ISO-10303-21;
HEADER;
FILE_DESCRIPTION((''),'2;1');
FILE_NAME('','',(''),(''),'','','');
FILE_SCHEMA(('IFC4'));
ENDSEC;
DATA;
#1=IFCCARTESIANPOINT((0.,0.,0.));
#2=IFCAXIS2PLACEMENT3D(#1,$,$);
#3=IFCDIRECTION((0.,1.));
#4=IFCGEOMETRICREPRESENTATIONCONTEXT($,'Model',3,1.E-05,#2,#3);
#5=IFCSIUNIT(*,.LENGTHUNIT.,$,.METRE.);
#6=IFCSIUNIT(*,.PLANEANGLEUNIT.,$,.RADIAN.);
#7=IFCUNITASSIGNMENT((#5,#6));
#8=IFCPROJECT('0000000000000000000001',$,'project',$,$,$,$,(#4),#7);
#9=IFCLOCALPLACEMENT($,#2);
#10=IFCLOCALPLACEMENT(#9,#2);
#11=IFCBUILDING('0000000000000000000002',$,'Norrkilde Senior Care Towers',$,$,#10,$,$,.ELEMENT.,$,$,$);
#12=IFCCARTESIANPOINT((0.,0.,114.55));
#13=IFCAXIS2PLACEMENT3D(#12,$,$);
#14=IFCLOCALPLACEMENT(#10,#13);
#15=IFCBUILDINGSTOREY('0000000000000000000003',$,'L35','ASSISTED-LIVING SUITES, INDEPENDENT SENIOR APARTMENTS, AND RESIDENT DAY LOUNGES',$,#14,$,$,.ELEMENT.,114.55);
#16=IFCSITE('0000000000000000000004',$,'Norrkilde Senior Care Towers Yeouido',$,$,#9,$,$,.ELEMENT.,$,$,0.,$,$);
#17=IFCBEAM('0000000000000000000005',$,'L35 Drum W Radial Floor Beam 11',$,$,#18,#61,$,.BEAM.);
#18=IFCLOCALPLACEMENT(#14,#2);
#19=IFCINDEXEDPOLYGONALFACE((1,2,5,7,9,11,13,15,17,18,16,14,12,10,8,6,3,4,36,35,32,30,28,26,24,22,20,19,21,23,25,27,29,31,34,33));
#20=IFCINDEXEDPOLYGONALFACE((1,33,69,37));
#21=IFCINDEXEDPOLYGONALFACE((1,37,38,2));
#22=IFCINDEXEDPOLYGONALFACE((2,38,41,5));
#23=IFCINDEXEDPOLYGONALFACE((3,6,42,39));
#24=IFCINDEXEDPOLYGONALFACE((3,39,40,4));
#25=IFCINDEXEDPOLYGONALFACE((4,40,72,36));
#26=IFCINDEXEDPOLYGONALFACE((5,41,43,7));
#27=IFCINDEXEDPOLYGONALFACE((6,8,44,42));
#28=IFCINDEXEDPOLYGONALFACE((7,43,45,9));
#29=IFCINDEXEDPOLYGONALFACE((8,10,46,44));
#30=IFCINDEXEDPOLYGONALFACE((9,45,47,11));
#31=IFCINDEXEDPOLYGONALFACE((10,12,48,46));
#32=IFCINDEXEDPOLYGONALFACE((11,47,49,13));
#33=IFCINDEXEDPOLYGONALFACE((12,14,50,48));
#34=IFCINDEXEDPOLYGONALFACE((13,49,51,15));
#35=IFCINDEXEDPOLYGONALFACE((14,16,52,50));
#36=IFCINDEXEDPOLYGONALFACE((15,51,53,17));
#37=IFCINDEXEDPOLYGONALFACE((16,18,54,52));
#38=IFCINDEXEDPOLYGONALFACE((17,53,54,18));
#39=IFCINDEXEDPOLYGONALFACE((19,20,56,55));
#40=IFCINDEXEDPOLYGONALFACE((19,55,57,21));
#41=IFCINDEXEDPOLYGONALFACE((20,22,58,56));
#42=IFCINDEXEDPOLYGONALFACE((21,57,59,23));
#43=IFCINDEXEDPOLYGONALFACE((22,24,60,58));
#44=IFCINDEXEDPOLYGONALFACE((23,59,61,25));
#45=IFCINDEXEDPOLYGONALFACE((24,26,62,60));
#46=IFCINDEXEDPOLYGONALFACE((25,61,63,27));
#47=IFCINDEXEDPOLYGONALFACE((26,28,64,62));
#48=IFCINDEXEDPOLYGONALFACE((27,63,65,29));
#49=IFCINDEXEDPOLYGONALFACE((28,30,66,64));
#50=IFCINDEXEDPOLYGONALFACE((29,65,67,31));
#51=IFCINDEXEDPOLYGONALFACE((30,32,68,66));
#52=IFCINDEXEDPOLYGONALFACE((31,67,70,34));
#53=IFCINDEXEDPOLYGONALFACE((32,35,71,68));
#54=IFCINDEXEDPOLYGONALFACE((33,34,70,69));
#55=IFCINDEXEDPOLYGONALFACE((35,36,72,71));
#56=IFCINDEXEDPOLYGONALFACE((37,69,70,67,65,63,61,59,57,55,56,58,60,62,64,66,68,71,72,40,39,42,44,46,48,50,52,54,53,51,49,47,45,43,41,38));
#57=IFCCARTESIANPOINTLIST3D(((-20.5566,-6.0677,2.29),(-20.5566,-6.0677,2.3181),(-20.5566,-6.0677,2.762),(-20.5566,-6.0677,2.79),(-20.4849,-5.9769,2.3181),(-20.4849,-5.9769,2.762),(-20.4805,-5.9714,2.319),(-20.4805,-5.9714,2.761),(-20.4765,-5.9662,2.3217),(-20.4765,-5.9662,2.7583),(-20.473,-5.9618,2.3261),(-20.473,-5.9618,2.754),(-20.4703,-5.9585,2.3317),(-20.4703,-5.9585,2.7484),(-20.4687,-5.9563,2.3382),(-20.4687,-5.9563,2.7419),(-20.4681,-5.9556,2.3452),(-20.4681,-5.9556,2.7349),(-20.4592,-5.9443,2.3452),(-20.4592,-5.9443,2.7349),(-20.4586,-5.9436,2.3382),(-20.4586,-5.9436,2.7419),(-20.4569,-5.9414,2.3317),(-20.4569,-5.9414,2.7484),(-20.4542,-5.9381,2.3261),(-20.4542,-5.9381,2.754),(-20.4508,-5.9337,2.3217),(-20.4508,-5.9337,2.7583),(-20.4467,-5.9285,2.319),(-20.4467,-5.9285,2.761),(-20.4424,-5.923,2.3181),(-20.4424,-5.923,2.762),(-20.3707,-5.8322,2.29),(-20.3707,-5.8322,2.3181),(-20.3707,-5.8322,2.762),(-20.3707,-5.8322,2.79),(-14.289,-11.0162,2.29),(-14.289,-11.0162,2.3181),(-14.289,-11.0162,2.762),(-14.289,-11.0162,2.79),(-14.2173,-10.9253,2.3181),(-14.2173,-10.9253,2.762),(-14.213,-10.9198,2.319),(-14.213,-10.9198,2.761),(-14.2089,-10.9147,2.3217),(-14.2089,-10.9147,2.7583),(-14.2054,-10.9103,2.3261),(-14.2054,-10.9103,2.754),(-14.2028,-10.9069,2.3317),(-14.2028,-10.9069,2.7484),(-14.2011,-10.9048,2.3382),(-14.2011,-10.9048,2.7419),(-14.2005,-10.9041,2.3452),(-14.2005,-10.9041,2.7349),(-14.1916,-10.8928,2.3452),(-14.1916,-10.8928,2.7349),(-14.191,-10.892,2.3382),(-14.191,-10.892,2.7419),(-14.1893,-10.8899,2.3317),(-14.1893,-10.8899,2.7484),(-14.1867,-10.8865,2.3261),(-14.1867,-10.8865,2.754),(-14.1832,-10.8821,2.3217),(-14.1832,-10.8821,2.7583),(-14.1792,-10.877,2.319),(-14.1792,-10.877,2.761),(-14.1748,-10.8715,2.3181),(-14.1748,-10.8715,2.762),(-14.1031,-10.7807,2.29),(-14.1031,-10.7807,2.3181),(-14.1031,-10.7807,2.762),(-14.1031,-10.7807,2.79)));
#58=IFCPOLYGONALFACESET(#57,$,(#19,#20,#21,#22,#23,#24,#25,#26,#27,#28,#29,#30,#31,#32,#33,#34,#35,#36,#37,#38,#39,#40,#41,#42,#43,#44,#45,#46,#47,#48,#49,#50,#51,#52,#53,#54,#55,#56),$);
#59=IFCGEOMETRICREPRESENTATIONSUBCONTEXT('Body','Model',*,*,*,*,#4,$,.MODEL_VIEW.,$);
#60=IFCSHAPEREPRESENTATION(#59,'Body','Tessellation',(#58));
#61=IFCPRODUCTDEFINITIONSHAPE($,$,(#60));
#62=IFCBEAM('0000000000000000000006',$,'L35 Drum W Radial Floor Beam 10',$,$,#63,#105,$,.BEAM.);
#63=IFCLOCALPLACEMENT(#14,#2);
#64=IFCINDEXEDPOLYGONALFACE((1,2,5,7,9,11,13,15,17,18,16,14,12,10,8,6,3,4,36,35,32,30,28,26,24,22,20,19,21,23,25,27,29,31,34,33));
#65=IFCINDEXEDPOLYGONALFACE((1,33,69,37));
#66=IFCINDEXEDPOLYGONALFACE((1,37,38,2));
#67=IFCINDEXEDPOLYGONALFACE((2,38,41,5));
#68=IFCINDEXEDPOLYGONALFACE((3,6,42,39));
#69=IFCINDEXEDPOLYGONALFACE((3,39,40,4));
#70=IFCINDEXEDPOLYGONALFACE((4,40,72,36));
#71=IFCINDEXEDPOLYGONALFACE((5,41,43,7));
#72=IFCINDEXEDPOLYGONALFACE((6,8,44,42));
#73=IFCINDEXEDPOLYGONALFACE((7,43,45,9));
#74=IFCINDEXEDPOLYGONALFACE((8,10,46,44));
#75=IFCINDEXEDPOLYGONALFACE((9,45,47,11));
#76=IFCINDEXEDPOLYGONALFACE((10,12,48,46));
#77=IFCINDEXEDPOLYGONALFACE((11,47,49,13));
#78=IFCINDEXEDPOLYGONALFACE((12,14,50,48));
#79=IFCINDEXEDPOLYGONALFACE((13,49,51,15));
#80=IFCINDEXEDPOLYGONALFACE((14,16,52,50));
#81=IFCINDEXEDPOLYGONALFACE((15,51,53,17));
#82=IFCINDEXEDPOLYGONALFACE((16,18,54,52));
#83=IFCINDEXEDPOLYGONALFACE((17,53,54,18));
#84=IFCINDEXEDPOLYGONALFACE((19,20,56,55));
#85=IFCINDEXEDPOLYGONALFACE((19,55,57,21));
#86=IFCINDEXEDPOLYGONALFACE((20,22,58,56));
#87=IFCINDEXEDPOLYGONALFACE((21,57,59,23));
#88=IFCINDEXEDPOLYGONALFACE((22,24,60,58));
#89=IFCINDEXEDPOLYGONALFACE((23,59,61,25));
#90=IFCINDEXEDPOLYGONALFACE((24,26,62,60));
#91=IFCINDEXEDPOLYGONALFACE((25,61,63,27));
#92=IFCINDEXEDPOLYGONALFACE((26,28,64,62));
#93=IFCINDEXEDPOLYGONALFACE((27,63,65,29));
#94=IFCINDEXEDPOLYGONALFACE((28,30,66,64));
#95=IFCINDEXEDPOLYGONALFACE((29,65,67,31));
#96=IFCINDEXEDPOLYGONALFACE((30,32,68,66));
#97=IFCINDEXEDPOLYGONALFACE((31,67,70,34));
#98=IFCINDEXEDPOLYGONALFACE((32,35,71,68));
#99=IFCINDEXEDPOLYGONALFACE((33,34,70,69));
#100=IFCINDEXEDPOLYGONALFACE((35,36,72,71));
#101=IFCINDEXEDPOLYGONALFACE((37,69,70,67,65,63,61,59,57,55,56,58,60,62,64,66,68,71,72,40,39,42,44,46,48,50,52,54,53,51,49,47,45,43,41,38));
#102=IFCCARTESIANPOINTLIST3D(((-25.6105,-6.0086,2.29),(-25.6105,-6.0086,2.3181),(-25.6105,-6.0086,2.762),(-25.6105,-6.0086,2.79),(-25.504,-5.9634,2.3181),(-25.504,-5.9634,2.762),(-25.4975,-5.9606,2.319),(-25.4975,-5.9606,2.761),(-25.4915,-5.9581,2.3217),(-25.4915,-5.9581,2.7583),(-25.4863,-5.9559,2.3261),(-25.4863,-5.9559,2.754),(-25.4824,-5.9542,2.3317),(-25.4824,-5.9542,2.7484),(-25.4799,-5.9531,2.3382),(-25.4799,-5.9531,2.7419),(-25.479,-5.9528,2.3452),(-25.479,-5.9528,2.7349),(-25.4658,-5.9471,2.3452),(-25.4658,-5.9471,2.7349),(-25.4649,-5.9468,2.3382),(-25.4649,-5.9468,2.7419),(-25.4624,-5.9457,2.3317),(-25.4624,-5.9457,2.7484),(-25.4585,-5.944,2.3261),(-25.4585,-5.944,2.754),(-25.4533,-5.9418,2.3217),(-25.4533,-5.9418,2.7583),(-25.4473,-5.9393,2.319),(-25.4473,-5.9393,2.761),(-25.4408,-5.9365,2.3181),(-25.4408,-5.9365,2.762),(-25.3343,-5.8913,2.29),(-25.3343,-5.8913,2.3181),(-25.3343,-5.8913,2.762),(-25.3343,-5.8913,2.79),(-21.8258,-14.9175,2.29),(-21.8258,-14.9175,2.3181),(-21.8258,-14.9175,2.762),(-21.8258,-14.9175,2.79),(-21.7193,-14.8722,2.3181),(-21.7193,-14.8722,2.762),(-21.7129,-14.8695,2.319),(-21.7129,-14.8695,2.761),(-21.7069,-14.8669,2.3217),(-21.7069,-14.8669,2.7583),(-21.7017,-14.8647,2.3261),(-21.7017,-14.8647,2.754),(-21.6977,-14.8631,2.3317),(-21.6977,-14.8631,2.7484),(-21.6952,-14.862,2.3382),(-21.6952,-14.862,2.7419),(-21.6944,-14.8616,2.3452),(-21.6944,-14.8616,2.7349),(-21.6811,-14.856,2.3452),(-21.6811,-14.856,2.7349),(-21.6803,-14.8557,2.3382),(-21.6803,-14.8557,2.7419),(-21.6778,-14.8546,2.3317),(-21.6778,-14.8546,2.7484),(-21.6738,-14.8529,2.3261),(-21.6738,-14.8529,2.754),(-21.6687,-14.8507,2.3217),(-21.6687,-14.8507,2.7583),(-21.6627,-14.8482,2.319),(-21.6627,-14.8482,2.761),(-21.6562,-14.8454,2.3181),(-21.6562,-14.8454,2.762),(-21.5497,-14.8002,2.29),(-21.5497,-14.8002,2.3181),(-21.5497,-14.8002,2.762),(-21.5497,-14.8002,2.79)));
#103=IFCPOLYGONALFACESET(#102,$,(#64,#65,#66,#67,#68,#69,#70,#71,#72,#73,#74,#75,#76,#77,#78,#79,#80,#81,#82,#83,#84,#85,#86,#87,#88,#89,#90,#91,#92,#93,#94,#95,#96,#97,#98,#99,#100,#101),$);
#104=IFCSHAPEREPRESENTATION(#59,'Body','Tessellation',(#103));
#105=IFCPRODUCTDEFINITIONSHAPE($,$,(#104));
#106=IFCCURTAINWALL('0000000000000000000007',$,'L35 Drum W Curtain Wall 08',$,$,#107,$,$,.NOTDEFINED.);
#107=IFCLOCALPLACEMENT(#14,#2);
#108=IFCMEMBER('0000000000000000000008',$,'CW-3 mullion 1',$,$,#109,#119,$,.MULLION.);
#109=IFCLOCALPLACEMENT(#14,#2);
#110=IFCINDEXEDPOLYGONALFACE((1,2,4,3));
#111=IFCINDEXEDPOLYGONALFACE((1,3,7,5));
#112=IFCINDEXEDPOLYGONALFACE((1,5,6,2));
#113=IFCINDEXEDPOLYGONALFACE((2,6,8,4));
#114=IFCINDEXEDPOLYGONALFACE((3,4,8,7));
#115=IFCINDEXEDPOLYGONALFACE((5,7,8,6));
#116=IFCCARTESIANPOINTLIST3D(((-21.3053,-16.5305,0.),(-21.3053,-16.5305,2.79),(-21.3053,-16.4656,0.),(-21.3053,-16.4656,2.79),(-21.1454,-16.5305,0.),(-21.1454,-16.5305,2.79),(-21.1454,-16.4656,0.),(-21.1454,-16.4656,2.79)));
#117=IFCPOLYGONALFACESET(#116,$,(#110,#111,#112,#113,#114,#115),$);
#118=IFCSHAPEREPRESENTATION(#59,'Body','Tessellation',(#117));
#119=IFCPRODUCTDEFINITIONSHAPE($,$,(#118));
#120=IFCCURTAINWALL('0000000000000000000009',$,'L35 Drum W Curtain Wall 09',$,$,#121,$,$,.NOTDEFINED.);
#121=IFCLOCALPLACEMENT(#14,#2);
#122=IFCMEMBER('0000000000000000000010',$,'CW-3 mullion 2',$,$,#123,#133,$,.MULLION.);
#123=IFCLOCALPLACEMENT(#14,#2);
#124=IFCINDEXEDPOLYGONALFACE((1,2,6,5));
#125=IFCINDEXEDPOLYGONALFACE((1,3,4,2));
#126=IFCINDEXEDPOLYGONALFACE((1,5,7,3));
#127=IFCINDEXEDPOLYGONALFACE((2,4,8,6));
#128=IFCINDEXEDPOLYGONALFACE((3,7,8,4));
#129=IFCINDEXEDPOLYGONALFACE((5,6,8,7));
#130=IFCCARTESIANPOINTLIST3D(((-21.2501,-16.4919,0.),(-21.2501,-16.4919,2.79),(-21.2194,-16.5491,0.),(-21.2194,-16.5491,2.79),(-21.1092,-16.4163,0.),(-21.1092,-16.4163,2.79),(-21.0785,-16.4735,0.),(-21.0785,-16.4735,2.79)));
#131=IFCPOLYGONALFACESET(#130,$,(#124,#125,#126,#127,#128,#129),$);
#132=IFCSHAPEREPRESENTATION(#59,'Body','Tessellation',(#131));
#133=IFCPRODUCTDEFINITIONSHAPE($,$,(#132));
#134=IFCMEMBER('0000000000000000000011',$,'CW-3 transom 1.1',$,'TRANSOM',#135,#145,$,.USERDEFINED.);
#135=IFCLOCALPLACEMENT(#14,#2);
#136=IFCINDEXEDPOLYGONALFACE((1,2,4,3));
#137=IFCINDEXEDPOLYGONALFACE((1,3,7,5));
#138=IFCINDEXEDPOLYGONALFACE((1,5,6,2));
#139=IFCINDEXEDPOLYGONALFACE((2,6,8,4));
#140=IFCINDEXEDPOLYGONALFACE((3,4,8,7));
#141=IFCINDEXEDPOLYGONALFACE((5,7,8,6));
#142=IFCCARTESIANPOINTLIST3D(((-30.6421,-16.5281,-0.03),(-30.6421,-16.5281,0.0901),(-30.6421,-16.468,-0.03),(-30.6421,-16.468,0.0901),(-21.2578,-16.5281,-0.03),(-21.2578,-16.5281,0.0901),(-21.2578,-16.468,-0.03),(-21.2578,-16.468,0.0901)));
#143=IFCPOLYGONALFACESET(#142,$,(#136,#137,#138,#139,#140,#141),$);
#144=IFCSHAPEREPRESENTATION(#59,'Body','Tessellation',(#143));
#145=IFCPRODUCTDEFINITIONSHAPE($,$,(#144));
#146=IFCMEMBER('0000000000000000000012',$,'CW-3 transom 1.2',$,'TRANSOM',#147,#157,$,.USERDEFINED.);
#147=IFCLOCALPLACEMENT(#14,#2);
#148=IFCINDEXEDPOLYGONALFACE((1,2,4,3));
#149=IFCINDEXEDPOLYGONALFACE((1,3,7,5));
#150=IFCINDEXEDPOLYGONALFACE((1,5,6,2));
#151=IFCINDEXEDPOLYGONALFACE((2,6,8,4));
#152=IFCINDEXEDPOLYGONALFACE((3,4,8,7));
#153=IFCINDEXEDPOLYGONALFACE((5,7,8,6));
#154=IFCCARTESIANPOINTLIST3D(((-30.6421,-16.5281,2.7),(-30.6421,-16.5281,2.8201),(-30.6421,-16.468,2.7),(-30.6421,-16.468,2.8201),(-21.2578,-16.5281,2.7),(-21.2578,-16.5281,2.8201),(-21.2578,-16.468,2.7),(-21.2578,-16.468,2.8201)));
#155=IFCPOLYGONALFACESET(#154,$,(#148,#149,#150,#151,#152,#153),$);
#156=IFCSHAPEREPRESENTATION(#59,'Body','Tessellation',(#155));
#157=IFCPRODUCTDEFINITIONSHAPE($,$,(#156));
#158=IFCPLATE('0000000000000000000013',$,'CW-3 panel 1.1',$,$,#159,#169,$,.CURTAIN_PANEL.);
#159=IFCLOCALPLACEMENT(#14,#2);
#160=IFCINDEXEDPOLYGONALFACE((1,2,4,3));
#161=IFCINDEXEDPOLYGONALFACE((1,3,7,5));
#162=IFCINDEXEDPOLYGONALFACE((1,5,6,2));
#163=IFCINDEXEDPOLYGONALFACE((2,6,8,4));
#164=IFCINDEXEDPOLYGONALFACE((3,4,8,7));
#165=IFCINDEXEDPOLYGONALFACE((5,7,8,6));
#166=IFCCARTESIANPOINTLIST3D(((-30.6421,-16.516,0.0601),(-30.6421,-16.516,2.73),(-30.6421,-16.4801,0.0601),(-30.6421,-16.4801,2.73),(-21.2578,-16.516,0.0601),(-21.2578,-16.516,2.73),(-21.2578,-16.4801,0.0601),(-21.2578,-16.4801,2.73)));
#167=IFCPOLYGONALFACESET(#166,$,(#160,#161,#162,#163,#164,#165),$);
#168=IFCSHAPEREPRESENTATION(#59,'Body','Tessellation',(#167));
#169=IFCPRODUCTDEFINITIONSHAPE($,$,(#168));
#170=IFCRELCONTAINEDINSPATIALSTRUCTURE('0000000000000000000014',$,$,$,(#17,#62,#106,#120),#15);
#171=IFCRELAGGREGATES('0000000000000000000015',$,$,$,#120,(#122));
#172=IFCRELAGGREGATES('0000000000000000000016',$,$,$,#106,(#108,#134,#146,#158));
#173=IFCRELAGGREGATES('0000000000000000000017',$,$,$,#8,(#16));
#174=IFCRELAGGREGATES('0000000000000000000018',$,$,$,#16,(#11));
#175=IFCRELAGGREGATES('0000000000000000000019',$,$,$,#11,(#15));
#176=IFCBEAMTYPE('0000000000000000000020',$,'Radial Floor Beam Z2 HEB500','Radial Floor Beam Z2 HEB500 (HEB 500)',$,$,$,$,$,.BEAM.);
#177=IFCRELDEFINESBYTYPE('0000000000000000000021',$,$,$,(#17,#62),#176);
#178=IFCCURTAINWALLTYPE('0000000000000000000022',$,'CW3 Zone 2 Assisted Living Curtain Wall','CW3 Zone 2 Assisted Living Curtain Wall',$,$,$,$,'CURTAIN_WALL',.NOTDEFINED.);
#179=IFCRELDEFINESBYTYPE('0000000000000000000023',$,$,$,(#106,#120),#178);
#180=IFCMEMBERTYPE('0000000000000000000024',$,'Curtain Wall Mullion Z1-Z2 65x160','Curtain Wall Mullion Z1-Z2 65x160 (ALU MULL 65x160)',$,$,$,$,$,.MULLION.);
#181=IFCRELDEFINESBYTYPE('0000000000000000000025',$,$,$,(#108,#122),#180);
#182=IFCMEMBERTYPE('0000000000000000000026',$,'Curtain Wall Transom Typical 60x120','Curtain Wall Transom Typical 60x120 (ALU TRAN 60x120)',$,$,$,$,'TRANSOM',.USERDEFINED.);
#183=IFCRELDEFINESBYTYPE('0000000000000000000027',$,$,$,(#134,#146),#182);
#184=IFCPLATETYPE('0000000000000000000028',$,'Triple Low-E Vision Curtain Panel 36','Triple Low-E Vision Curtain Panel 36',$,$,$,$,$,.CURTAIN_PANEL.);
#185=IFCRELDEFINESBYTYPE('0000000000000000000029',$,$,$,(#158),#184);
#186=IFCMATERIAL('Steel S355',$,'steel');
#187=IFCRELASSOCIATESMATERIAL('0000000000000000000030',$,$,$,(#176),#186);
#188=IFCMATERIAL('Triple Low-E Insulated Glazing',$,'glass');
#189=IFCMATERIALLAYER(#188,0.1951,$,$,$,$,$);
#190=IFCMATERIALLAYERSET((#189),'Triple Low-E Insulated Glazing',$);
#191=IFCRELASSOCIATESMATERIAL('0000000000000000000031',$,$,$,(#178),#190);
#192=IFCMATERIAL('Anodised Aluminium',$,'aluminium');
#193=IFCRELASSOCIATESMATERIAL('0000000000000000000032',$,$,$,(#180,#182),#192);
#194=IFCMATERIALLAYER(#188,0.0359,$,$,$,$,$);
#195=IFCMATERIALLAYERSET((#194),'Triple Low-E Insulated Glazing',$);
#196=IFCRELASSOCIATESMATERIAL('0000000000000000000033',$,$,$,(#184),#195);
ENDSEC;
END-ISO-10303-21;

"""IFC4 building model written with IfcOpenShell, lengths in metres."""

from ifc_helpers import new_model, si_unit, direction, frame, origin, origin_2d, place, context, subcontext, project, spatial, rectangle, i_section, extrude, source, transform, mapped, material, layer, layer_set, material_profile, profile_set, type_object, type_shapes, element, aggregate, save


model = new_model("IFC4")

# Units and contexts
model_context = context("Model", 3, precision=1e-05, world=origin(), true_north=direction((0.0, 1.0)))
body_context = subcontext(model_context, "Body", "Model", "MODEL_VIEW")
ifc_project = project(units=[si_unit("LENGTHUNIT", "METRE"), si_unit("PLANEANGLEUNIT", "RADIAN")], contexts=[model_context])

# Site, building, storey
site_placement = place(None, origin())
site = spatial("IfcSite", under=ifc_project, at=site_placement, Name="Norrkilde Senior Care Towers Yeouido", CompositionType="ELEMENT", RefElevation=0.0)
building_placement = place(site_placement, origin())
building = spatial("IfcBuilding", under=site, at=building_placement, Name="Norrkilde Senior Care Towers", CompositionType="ELEMENT")
storey_placement = place(building_placement, frame((0.0, 0.0, 114.55)))
storey = spatial("IfcBuildingStorey", under=building, at=storey_placement, Name="L35", Description="ASSISTED-LIVING SUITES, INDEPENDENT SENIOR APARTMENTS, AND RESIDENT DAY LOUNGES", CompositionType="ELEMENT", Elevation=114.55)

# Beams
ifc_material_1 = material(Name="Steel S355", Category="steel")
ifc_material_profile_1 = material_profile(ifc_material_1, i_section(OverallWidth=0.3, OverallDepth=0.5, WebThickness=0.0144, FlangeThickness=0.0281, FilletRadius=0.0271, at=origin_2d()), Name="HEB 500")
ifc_profile_set_1 = profile_set([ifc_material_profile_1], Name="Steel S355")
beam_type_1 = type_object("IfcBeamType", Name="Radial Floor Beam Z2 HEB500", Description="Radial Floor Beam Z2 HEB500 (HEB 500)", PredefinedType="BEAM", material=ifc_profile_set_1)
shared_shape_1 = source(origin(), body_context, "Body", "SweptSolid", [
    extrude(i_section(OverallWidth=0.3, OverallDepth=0.5, WebThickness=0.0144, FlangeThickness=0.0281, FilletRadius=0.0271, at=origin_2d()), origin(), (0.0, 0.0, 1.0), 7.9856),
])
beam_1_placement = place(storey_placement, frame((-20.4636, -5.95, 2.54), z_axis=(0.784859, -0.619675, 0.0), x_axis=(0.619675, 0.784859, 0.0)))
element("IfcBeam", 1, at=beam_1_placement, inside=storey, type_object=beam_type_1, Name="L35 Drum W Radial Floor Beam 11", PredefinedType="BEAM", context=body_context, shape_type="MappedRepresentation", body=[
    mapped(shared_shape_1, transform((0.0, 0.0, 0.0), x_axis=(1.0, 0.0, 0.0), y_axis=(0.0, 1.0, 0.0), z_axis=(0.0, 0.0, 1.0), scale=1.0)),
])
shared_shape_2 = source(origin(), body_context, "Body", "SweptSolid", [
    extrude(i_section(OverallWidth=0.3, OverallDepth=0.5, WebThickness=0.0144, FlangeThickness=0.0281, FilletRadius=0.0271, at=origin_2d()), origin(), (0.0, 0.0, 1.0), 9.6794),
])
beam_2_placement = place(storey_placement, frame((-25.4724, -5.95, 2.54), z_axis=(0.390998, -0.920392, 0.0), x_axis=(0.920392, 0.390998, 0.0)))
element("IfcBeam", 2, at=beam_2_placement, inside=storey, type_object=beam_type_1, Name="L35 Drum W Radial Floor Beam 10", PredefinedType="BEAM", context=body_context, shape_type="MappedRepresentation", body=[
    mapped(shared_shape_2, transform((0.0, 0.0, 0.0), x_axis=(1.0, 0.0, 0.0), y_axis=(0.0, 1.0, 0.0), z_axis=(0.0, 0.0, 1.0), scale=1.0)),
])

# Curtain walls, members
ifc_material_2 = material(Name="Triple Low-E Insulated Glazing", Category="glass")
ifc_layer_1 = layer(ifc_material_2, 0.1951)
ifc_layer_set_1 = layer_set([ifc_layer_1], Name="Triple Low-E Insulated Glazing")
curtain_wall_type = type_object("IfcCurtainWallType", Name="CW3 Zone 2 Assisted Living Curtain Wall", Description="CW3 Zone 2 Assisted Living Curtain Wall", ElementType="CURTAIN_WALL", PredefinedType="NOTDEFINED", material=ifc_layer_set_1)
curtain_wall_1_placement = place(storey_placement, origin())
curtain_wall_1 = element("IfcCurtainWall", 3, at=curtain_wall_1_placement, inside=storey, type_object=curtain_wall_type, Name="L35 Drum W Curtain Wall 08", PredefinedType="NOTDEFINED")
ifc_material_3 = material(Name="Anodised Aluminium", Category="aluminium")
ifc_material_profile_2 = material_profile(ifc_material_3, rectangle(XDim=0.0649, YDim=0.1599, at=origin_2d()), Name="ALU MULL 65x160")
ifc_profile_set_2 = profile_set([ifc_material_profile_2], Name="Anodised Aluminium")
member_type_1 = type_object("IfcMemberType", Name="Curtain Wall Mullion Z1-Z2 65x160", Description="Curtain Wall Mullion Z1-Z2 65x160 (ALU MULL 65x160)", PredefinedType="MULLION", material=ifc_profile_set_2)
shared_shape_3 = source(origin(), body_context, "Body", "SweptSolid", [
    extrude(rectangle(XDim=0.0649, YDim=0.1599, at=origin_2d()), origin(), (0.0, 0.0, 1.0), 2.79),
])
type_shapes(member_type_1, [shared_shape_3])
member_1_placement = place(storey_placement, frame((-21.2253, -16.498, 0.0), z_axis=(0.0, 0.0, 1.0), x_axis=(0.0, -1.0, 0.0)))
member_1 = element("IfcMember", 4, at=member_1_placement, type_object=member_type_1, Name="CW-3 mullion 1", PredefinedType="MULLION", context=body_context, shape_type="MappedRepresentation", body=[
    mapped(shared_shape_3, transform((0.0, 0.0, 0.0), x_axis=(1.0, 0.0, 0.0), y_axis=(0.0, 1.0, 0.0), z_axis=(0.0, 0.0, 1.0), scale=1.0)),
])
curtain_wall_2_placement = place(storey_placement, origin())
curtain_wall_2 = element("IfcCurtainWall", 5, at=curtain_wall_2_placement, inside=storey, type_object=curtain_wall_type, Name="L35 Drum W Curtain Wall 09", PredefinedType="NOTDEFINED")
member_2_placement = place(storey_placement, frame((-21.1643, -16.4827, 0.0), z_axis=(0.0, 0.0, 1.0), x_axis=(0.472769, -0.881186, 0.0)))
member_2 = element("IfcMember", 6, at=member_2_placement, type_object=member_type_1, Name="CW-3 mullion 2", PredefinedType="MULLION", context=body_context, shape_type="MappedRepresentation", body=[
    mapped(shared_shape_3, transform((0.0, 0.0, 0.0), x_axis=(1.0, 0.0, 0.0), y_axis=(0.0, 1.0, 0.0), z_axis=(0.0, 0.0, 1.0), scale=1.0)),
])
aggregate(curtain_wall_2, [member_2])

# Members
ifc_material_profile_3 = material_profile(ifc_material_3, rectangle(XDim=0.0601, YDim=0.1201, at=origin_2d()), Name="ALU TRAN 60x120")
ifc_profile_set_3 = profile_set([ifc_material_profile_3], Name="Anodised Aluminium")
member_type_2 = type_object("IfcMemberType", Name="Curtain Wall Transom Typical 60x120", Description="Curtain Wall Transom Typical 60x120 (ALU TRAN 60x120)", ElementType="TRANSOM", PredefinedType="USERDEFINED", material=ifc_profile_set_3)
shared_shape_4 = source(origin(), body_context, "Body", "SweptSolid", [
    extrude(rectangle(XDim=0.0601, YDim=0.1201, at=origin_2d()), origin(), (0.0, 0.0, 1.0), 9.3843),
])
type_shapes(member_type_2, [shared_shape_4])
member_3_placement = place(storey_placement, frame((-21.2578, -16.498, 0.03), z_axis=(-1.0, 0.0, 0.0), x_axis=(0.0, -1.0, 0.0)))
member_3 = element("IfcMember", 7, at=member_3_placement, type_object=member_type_2, Name="CW-3 transom 1.1", ObjectType="TRANSOM", PredefinedType="USERDEFINED", context=body_context, shape_type="MappedRepresentation", body=[
    mapped(shared_shape_4, transform((0.0, 0.0, 0.0), x_axis=(1.0, 0.0, 0.0), y_axis=(0.0, 1.0, 0.0), z_axis=(0.0, 0.0, 1.0), scale=1.0)),
])
member_4_placement = place(storey_placement, frame((-21.2578, -16.498, 2.76), z_axis=(-1.0, 0.0, 0.0), x_axis=(0.0, -1.0, 0.0)))
member_4 = element("IfcMember", 8, at=member_4_placement, type_object=member_type_2, Name="CW-3 transom 1.2", ObjectType="TRANSOM", PredefinedType="USERDEFINED", context=body_context, shape_type="MappedRepresentation", body=[
    mapped(shared_shape_4, transform((0.0, 0.0, 0.0), x_axis=(1.0, 0.0, 0.0), y_axis=(0.0, 1.0, 0.0), z_axis=(0.0, 0.0, 1.0), scale=1.0)),
])

# Plate
ifc_layer_2 = layer(ifc_material_2, 0.0359)
ifc_layer_set_2 = layer_set([ifc_layer_2], Name="Triple Low-E Insulated Glazing")
plate_type = type_object("IfcPlateType", Name="Triple Low-E Vision Curtain Panel 36", Description="Triple Low-E Vision Curtain Panel 36", PredefinedType="CURTAIN_PANEL", material=ifc_layer_set_2)
shared_shape_5 = source(origin(), body_context, "Body", "SweptSolid", [
    extrude(rectangle(XDim=9.3843, YDim=0.0359, at=origin_2d()), origin(), (0.0, 0.0, 1.0), 2.6699),
])
type_shapes(plate_type, [shared_shape_5])
plate_placement = place(storey_placement, frame((-25.95, -16.498, 0.0601), z_axis=(0.0, 0.0, 1.0), x_axis=(-1.0, 0.0, 0.0)))
plate = element("IfcPlate", 9, at=plate_placement, type_object=plate_type, Name="CW-3 panel 1.1", PredefinedType="CURTAIN_PANEL", context=body_context, shape_type="MappedRepresentation", body=[
    mapped(shared_shape_5, transform((0.0, 0.0, 0.0), x_axis=(1.0, 0.0, 0.0), y_axis=(0.0, 1.0, 0.0), z_axis=(0.0, 0.0, 1.0), scale=1.0)),
])
aggregate(curtain_wall_1, [member_1, member_3, member_4, plate])

save(model, "model.ifc")
